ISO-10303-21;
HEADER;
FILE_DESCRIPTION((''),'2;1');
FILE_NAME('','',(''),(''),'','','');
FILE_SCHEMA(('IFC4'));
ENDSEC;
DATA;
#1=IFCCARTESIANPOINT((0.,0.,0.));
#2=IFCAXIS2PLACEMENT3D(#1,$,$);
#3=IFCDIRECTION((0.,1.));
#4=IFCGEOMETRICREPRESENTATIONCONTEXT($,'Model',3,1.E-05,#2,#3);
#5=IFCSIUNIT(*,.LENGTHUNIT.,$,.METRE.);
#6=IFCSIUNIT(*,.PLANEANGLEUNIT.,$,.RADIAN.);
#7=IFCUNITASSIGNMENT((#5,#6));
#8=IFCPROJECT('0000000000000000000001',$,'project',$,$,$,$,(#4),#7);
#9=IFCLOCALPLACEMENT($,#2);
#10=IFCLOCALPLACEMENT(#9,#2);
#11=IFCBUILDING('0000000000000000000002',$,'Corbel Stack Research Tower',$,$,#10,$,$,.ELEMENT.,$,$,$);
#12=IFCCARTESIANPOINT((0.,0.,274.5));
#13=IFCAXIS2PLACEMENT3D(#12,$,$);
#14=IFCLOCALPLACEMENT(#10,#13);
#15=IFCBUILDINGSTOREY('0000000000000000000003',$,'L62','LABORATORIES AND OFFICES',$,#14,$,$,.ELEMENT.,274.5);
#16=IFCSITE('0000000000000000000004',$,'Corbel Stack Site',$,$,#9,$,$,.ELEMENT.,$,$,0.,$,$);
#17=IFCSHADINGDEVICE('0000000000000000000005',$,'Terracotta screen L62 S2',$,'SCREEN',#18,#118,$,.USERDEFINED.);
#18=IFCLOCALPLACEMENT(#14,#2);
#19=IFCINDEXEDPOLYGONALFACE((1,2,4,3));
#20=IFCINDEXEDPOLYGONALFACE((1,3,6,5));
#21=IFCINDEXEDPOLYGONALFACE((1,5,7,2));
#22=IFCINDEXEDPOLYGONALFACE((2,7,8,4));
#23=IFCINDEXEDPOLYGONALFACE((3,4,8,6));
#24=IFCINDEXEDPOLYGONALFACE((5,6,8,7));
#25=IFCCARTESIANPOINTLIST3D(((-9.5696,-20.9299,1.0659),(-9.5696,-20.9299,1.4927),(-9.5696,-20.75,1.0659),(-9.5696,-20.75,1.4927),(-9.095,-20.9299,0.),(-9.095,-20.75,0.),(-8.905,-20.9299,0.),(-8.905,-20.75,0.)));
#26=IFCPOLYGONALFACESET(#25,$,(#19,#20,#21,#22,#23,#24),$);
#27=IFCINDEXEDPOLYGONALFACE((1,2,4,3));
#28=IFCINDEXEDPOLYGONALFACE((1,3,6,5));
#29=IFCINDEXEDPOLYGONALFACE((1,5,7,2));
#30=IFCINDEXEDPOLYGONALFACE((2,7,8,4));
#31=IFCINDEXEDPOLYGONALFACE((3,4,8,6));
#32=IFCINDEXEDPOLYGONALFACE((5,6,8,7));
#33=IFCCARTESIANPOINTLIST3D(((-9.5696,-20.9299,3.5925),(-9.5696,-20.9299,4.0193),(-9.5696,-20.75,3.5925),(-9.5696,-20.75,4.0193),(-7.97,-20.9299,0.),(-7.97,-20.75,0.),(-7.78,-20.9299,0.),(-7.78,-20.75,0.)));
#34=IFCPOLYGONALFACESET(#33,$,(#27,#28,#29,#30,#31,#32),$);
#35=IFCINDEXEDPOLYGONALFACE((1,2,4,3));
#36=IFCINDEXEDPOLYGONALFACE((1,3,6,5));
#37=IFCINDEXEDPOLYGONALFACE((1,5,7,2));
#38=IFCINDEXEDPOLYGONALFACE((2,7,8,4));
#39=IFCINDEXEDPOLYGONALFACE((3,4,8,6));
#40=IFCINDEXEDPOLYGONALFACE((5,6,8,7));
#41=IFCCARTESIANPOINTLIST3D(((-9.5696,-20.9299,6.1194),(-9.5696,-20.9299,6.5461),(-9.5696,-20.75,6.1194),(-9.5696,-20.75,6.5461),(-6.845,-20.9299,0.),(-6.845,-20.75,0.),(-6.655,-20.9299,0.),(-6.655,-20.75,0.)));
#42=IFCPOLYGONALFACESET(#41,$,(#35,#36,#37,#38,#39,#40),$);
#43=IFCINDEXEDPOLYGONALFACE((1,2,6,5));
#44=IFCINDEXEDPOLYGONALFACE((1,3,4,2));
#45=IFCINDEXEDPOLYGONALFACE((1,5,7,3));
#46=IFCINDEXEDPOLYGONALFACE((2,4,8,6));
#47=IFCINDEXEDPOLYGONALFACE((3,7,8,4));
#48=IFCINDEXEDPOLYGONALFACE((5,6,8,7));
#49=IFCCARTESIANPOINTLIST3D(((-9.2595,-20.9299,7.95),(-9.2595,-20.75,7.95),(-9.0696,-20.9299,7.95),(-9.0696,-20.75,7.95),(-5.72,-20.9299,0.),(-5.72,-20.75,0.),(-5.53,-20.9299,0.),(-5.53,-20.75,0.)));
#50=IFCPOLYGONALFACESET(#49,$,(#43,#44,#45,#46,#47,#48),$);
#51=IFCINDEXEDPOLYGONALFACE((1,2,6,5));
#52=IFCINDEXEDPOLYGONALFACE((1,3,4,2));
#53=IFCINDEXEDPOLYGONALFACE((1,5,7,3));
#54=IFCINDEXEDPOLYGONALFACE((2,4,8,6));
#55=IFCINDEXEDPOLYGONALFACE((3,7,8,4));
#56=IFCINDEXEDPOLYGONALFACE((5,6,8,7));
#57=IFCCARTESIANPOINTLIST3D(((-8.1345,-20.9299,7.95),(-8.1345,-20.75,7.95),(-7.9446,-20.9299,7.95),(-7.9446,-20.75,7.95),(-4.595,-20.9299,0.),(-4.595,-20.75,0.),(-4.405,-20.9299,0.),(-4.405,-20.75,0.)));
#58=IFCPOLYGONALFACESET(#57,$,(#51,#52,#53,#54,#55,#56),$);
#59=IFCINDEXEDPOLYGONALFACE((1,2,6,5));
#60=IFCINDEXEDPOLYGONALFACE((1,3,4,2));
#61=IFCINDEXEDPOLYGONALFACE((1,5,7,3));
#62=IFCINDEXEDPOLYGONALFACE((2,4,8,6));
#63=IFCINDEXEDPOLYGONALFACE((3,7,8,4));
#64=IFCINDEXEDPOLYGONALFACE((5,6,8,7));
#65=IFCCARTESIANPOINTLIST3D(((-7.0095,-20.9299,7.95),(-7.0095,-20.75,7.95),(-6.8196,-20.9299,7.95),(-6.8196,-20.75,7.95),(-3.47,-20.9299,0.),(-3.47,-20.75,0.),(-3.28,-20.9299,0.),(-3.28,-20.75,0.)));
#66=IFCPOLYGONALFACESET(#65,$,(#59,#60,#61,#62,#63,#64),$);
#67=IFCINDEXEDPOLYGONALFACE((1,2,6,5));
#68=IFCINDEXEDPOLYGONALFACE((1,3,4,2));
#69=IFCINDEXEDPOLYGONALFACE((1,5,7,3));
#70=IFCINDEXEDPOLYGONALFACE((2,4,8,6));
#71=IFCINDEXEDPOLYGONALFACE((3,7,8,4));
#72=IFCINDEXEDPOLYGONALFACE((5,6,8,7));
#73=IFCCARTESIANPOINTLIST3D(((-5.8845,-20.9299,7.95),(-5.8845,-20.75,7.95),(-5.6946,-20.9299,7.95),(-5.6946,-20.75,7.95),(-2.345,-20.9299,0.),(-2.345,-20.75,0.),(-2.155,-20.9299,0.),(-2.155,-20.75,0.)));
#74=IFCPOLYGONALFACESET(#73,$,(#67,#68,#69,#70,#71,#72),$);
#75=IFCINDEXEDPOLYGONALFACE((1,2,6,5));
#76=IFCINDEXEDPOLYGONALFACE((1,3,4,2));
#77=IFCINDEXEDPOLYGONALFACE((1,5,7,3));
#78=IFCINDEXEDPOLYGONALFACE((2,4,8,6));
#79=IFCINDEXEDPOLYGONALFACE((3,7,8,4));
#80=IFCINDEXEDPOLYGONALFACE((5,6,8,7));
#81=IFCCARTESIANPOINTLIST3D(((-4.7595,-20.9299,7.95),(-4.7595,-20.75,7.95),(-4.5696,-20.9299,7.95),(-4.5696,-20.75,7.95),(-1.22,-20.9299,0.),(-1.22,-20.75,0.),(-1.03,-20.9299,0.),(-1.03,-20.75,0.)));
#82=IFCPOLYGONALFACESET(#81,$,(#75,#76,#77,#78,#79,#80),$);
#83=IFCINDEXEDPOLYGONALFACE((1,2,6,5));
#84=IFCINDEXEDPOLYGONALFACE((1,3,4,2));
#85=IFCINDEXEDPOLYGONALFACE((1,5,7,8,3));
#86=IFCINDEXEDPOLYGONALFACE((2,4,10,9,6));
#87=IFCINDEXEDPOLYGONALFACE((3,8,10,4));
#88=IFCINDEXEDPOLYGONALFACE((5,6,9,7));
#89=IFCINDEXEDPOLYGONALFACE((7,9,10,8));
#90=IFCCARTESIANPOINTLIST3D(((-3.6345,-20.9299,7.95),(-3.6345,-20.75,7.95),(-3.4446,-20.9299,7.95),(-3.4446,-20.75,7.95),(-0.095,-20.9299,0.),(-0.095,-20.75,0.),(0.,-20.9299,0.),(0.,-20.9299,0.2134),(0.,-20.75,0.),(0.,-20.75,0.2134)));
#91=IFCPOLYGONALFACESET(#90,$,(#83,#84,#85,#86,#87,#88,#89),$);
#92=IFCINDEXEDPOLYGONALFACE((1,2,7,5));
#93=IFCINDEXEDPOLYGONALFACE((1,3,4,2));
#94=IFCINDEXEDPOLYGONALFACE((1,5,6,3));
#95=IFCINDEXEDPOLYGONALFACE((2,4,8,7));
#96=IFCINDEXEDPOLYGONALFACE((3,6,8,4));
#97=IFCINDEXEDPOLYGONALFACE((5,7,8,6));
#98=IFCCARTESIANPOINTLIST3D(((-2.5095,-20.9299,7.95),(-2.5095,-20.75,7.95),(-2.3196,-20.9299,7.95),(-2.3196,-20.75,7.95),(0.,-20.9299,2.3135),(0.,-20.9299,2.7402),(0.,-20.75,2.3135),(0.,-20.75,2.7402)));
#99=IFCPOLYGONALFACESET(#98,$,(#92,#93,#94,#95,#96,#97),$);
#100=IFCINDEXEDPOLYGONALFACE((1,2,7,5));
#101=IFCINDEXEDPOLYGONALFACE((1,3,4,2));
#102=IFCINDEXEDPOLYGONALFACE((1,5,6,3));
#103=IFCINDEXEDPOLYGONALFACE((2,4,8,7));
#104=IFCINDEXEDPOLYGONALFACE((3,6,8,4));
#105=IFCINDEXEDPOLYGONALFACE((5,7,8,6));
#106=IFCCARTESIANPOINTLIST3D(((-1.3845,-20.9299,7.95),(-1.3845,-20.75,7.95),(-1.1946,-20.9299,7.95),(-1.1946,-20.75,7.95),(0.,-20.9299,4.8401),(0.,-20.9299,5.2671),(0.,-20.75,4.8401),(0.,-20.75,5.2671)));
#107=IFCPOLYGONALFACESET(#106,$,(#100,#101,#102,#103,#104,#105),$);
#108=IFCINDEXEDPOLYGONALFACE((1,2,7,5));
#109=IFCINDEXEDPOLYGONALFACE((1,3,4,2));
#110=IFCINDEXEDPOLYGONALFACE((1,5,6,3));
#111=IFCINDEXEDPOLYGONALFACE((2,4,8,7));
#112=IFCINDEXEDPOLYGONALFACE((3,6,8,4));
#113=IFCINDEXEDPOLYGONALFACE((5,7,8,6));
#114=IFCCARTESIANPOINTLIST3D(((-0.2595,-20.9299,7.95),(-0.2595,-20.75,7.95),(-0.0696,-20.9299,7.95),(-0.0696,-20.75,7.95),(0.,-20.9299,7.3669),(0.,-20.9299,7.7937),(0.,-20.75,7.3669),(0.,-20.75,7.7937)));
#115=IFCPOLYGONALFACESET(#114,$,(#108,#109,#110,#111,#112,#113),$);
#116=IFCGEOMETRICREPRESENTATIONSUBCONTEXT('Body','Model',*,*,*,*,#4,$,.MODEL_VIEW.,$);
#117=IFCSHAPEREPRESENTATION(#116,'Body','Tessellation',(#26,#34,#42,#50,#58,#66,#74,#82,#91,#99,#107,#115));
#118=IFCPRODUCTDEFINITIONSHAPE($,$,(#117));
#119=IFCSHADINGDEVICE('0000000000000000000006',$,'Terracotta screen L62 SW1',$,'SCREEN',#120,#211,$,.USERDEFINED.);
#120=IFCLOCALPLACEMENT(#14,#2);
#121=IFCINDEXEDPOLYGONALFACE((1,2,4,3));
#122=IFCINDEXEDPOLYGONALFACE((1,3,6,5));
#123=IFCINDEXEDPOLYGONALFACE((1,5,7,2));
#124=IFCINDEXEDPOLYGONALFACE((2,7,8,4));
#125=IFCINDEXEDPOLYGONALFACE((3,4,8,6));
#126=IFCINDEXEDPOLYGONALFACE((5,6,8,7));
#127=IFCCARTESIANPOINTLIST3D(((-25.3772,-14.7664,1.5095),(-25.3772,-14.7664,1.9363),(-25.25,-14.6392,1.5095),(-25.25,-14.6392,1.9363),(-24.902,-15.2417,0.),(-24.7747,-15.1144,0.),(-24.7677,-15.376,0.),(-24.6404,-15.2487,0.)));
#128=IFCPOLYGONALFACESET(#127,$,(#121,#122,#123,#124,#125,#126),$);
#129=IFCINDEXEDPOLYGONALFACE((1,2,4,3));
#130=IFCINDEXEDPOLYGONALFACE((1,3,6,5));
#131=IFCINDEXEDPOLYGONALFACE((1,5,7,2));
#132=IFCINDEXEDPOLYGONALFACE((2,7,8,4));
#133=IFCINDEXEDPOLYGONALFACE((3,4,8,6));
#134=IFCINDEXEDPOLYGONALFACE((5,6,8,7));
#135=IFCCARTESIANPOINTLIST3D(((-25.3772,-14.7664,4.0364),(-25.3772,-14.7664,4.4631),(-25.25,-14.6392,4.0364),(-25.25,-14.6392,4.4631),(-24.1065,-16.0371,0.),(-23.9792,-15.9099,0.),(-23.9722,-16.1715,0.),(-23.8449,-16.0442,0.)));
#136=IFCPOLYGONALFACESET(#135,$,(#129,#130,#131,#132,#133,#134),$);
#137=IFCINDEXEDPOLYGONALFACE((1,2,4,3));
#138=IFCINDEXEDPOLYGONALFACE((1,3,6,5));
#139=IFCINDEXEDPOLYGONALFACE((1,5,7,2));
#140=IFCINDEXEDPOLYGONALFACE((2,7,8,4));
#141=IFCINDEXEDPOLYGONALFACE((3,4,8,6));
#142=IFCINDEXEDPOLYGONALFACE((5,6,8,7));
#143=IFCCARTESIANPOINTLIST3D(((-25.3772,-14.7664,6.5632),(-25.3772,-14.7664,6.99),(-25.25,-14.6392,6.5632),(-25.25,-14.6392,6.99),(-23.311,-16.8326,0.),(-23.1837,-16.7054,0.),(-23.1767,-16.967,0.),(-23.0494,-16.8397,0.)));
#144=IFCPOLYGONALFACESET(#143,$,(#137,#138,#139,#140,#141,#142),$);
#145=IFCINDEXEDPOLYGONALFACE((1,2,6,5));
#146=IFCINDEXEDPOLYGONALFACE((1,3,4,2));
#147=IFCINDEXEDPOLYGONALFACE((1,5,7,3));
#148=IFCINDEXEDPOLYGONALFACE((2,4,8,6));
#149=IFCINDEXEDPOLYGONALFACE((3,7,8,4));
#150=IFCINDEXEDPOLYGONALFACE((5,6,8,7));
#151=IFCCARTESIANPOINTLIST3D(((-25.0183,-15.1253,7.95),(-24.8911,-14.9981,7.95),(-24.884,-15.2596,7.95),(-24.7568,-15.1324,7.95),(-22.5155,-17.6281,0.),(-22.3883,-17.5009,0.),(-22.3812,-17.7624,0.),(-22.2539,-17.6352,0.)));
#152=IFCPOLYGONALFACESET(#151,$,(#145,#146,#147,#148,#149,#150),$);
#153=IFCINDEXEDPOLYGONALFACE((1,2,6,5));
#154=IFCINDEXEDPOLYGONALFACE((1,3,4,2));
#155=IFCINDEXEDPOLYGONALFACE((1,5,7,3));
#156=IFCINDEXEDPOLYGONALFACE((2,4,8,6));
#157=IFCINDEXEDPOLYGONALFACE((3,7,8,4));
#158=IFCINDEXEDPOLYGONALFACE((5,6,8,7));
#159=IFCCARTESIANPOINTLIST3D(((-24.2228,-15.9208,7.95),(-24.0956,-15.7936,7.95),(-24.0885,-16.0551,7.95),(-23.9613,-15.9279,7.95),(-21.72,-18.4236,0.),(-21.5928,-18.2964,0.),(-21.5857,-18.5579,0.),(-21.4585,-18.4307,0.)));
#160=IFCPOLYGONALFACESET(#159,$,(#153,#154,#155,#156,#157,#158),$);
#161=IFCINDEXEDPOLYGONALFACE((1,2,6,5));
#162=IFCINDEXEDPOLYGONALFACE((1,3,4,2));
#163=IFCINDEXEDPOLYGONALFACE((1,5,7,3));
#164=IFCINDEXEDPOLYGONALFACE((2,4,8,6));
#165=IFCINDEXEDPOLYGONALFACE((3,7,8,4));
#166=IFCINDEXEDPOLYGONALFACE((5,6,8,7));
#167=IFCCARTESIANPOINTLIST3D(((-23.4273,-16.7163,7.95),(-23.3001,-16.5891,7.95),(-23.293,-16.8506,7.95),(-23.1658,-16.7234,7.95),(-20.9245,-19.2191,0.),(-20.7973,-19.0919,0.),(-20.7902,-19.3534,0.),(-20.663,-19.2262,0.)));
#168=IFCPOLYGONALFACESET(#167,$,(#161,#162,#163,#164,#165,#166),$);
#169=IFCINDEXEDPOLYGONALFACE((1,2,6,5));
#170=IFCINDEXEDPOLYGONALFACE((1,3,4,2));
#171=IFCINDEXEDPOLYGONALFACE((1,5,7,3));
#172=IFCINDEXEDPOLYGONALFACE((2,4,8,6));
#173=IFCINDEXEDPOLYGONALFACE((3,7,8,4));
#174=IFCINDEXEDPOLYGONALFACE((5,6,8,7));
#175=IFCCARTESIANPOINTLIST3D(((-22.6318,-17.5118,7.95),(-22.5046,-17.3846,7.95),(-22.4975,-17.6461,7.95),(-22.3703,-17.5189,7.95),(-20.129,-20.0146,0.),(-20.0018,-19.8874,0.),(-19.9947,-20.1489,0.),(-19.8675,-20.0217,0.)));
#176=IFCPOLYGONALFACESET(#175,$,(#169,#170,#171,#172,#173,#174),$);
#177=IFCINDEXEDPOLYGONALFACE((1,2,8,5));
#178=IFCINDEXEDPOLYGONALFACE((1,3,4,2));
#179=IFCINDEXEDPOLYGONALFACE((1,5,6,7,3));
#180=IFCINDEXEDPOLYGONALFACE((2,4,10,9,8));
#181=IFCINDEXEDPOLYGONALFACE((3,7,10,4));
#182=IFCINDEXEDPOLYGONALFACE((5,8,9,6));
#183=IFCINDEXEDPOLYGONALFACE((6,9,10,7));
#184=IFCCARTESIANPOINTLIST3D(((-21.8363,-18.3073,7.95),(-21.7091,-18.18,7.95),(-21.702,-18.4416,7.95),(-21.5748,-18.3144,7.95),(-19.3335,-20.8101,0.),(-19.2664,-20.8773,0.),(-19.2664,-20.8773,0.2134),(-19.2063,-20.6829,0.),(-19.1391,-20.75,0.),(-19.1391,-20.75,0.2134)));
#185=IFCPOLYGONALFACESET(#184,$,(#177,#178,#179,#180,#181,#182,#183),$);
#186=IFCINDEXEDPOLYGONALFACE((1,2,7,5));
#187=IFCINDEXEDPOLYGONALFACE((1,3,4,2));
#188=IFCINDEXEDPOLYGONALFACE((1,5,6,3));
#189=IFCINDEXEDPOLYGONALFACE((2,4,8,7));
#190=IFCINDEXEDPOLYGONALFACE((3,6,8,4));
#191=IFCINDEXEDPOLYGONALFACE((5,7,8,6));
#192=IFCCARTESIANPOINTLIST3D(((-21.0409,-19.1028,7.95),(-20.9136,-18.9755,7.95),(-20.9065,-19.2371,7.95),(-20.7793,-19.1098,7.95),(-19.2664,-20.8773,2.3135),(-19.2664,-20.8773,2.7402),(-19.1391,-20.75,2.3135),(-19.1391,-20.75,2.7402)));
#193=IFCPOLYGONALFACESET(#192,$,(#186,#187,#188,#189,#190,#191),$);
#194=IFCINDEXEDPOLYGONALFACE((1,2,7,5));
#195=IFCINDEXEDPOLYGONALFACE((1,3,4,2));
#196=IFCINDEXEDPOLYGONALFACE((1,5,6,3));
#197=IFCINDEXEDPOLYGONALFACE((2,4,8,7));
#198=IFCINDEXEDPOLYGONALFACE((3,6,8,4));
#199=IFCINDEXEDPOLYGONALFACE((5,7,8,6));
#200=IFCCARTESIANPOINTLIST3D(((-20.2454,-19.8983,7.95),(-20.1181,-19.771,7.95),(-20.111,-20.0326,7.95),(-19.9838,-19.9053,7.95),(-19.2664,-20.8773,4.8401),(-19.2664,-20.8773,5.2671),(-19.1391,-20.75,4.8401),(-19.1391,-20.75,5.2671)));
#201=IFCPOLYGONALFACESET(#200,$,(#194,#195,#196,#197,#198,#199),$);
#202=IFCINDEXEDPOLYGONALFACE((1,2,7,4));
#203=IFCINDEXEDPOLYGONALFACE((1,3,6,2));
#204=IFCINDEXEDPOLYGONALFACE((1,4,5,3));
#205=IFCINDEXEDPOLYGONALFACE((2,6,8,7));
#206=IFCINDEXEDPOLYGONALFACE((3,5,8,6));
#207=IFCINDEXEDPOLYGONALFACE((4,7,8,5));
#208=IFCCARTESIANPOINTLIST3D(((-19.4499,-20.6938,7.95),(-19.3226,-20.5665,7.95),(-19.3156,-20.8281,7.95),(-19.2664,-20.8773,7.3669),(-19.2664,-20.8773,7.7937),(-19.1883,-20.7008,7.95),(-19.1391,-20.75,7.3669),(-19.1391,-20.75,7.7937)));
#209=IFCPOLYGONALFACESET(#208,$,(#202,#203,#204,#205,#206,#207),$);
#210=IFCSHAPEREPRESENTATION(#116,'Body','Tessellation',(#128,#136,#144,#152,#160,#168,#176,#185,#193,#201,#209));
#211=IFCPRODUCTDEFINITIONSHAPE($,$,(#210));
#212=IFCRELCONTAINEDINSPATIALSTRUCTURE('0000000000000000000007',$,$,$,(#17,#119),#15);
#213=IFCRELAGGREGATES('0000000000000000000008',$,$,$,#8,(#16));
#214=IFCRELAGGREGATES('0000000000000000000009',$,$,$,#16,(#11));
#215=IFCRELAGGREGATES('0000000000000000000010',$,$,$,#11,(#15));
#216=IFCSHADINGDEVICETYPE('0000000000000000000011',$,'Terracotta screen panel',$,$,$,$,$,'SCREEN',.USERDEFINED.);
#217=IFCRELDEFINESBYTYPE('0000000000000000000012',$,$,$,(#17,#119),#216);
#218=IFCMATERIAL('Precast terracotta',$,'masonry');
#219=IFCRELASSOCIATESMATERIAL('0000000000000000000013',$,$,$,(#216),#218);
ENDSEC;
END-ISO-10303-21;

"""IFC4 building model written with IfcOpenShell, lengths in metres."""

from ifc_helpers import new_model, si_unit, direction, frame, origin, place, context, subcontext, project, spatial, polyline, outline, extrude, source, transform, mapped, material, type_object, element, save


model = new_model("IFC4")

# Units and contexts
model_context = context("Model", 3, precision=1e-05, world=origin(), true_north=direction((0.0, 1.0)))
body_context = subcontext(model_context, "Body", "Model", "MODEL_VIEW")
ifc_project = project(units=[si_unit("LENGTHUNIT", "METRE"), si_unit("PLANEANGLEUNIT", "RADIAN")], contexts=[model_context])

# Site, building, storey
site_placement = place(None, origin())
site = spatial("IfcSite", under=ifc_project, at=site_placement, Name="Corbel Stack Site", CompositionType="ELEMENT", RefElevation=0.0)
building_placement = place(site_placement, origin())
building = spatial("IfcBuilding", under=site, at=building_placement, Name="Corbel Stack Research Tower", CompositionType="ELEMENT")
storey_placement = place(building_placement, frame((0.0, 0.0, 274.5)))
storey = spatial("IfcBuildingStorey", under=building, at=storey_placement, Name="L62", Description="LABORATORIES AND OFFICES", CompositionType="ELEMENT", Elevation=274.5)

# Shading devices
ifc_material_1 = material(Name="Precast terracotta", Category="masonry")
shading_device_type = type_object("IfcShadingDeviceType", Name="Terracotta screen panel", ElementType="SCREEN", PredefinedType="USERDEFINED", material=ifc_material_1)
shared_shape_1 = source(origin(), body_context, "Body", "SweptSolid", [
    extrude(outline(polyline([(0.6646, 0.0), (0.0, 1.4927), (0.0, 1.0659), (0.4746, 0.0), (0.6646, 0.0)])), frame((0.0, 0.0, 0.0), z_axis=(0.0, -1.0, 0.0), x_axis=(1.0, 0.0, 0.0)), (0.0, 0.0, 1.0), 0.1799),
    extrude(outline(polyline([(1.7896, 0.0), (0.0, 4.0193), (0.0, 3.5925), (1.5996, 0.0), (1.7896, 0.0)])), frame((0.0, 0.0, 0.0), z_axis=(0.0, -1.0, 0.0), x_axis=(1.0, 0.0, 0.0)), (0.0, 0.0, 1.0), 0.1799),
    extrude(outline(polyline([(2.9146, 0.0), (0.0, 6.5461), (0.0, 6.1194), (2.7246, 0.0), (2.9146, 0.0)])), frame((0.0, 0.0, 0.0), z_axis=(0.0, -1.0, 0.0), x_axis=(1.0, 0.0, 0.0)), (0.0, 0.0, 1.0), 0.1799),
    extrude(outline(polyline([(4.0396, 0.0), (0.5, 7.95), (0.3101, 7.95), (3.8496, 0.0), (4.0396, 0.0)])), frame((0.0, 0.0, 0.0), z_axis=(0.0, -1.0, 0.0), x_axis=(1.0, 0.0, 0.0)), (0.0, 0.0, 1.0), 0.1799),
    extrude(outline(polyline([(5.1646, 0.0), (1.625, 7.95), (1.4351, 7.95), (4.9746, 0.0), (5.1646, 0.0)])), frame((0.0, 0.0, 0.0), z_axis=(0.0, -1.0, 0.0), x_axis=(1.0, 0.0, 0.0)), (0.0, 0.0, 1.0), 0.1799),
    extrude(outline(polyline([(6.2896, 0.0), (2.75, 7.95), (2.5601, 7.95), (6.0996, 0.0), (6.2896, 0.0)])), frame((0.0, 0.0, 0.0), z_axis=(0.0, -1.0, 0.0), x_axis=(1.0, 0.0, 0.0)), (0.0, 0.0, 1.0), 0.1799),
    extrude(outline(polyline([(7.4146, 0.0), (3.875, 7.95), (3.6851, 7.95), (7.2246, 0.0), (7.4146, 0.0)])), frame((0.0, 0.0, 0.0), z_axis=(0.0, -1.0, 0.0), x_axis=(1.0, 0.0, 0.0)), (0.0, 0.0, 1.0), 0.1799),
    extrude(outline(polyline([(8.5396, 0.0), (5.0, 7.95), (4.8101, 7.95), (8.3496, 0.0), (8.5396, 0.0)])), frame((0.0, 0.0, 0.0), z_axis=(0.0, -1.0, 0.0), x_axis=(1.0, 0.0, 0.0)), (0.0, 0.0, 1.0), 0.1799),
    extrude(outline(polyline([(9.5696, 0.0), (9.5696, 0.2134), (6.125, 7.95), (5.9351, 7.95), (9.4746, 0.0), (9.5696, 0.0)])), frame((0.0, 0.0, 0.0), z_axis=(0.0, -1.0, 0.0), x_axis=(1.0, 0.0, 0.0)), (0.0, 0.0, 1.0), 0.1799),
    extrude(outline(polyline([(7.25, 7.95), (7.0601, 7.95), (9.5696, 2.3135), (9.5696, 2.7402), (7.25, 7.95)])), frame((0.0, 0.0, 0.0), z_axis=(0.0, -1.0, 0.0), x_axis=(1.0, 0.0, 0.0)), (0.0, 0.0, 1.0), 0.1799),
    extrude(outline(polyline([(8.375, 7.95), (8.1851, 7.95), (9.5696, 4.8401), (9.5696, 5.2671), (8.375, 7.95)])), frame((0.0, 0.0, 0.0), z_axis=(0.0, -1.0, 0.0), x_axis=(1.0, 0.0, 0.0)), (0.0, 0.0, 1.0), 0.1799),
    extrude(outline(polyline([(9.5, 7.95), (9.3101, 7.95), (9.5696, 7.3669), (9.5696, 7.7937), (9.5, 7.95)])), frame((0.0, 0.0, 0.0), z_axis=(0.0, -1.0, 0.0), x_axis=(1.0, 0.0, 0.0)), (0.0, 0.0, 1.0), 0.1799),
])
shading_device_1_placement = place(storey_placement, frame((-9.5696, -20.75, 0.0), z_axis=(0.0, 0.0, 1.0), x_axis=(1.0, 0.0, 0.0)))
element("IfcShadingDevice", 1, at=shading_device_1_placement, inside=storey, type_object=shading_device_type, Name="Terracotta screen L62 S2", ObjectType="SCREEN", PredefinedType="USERDEFINED", context=body_context, shape_type="MappedRepresentation", body=[
    mapped(shared_shape_1, transform((0.0, 0.0, 0.0))),
])
shared_shape_2 = source(origin(), body_context, "Body", "SweptSolid", [
    extrude(outline(polyline([(0.8621, 0.0), (0.0, 1.9363), (0.0, 1.5095), (0.6721, 0.0), (0.8621, 0.0)])), frame((0.0, 0.0, 0.0), z_axis=(0.0, -1.0, 0.0), x_axis=(1.0, 0.0, 0.0)), (0.0, 0.0, 1.0), 0.1799),
    extrude(outline(polyline([(1.9871, 0.0), (0.0, 4.4631), (0.0, 4.0364), (1.7971, 0.0), (1.9871, 0.0)])), frame((0.0, 0.0, 0.0), z_axis=(0.0, -1.0, 0.0), x_axis=(1.0, 0.0, 0.0)), (0.0, 0.0, 1.0), 0.1799),
    extrude(outline(polyline([(3.1121, 0.0), (0.0, 6.99), (0.0, 6.5632), (2.9221, 0.0), (3.1121, 0.0)])), frame((0.0, 0.0, 0.0), z_axis=(0.0, -1.0, 0.0), x_axis=(1.0, 0.0, 0.0)), (0.0, 0.0, 1.0), 0.1799),
    extrude(outline(polyline([(4.2371, 0.0), (0.6975, 7.95), (0.5076, 7.95), (4.0471, 0.0), (4.2371, 0.0)])), frame((0.0, 0.0, 0.0), z_axis=(0.0, -1.0, 0.0), x_axis=(1.0, 0.0, 0.0)), (0.0, 0.0, 1.0), 0.1799),
    extrude(outline(polyline([(5.3621, 0.0), (1.8225, 7.95), (1.6326, 7.95), (5.1721, 0.0), (5.3621, 0.0)])), frame((0.0, 0.0, 0.0), z_axis=(0.0, -1.0, 0.0), x_axis=(1.0, 0.0, 0.0)), (0.0, 0.0, 1.0), 0.1799),
    extrude(outline(polyline([(6.4871, 0.0), (2.9475, 7.95), (2.7576, 7.95), (6.2971, 0.0), (6.4871, 0.0)])), frame((0.0, 0.0, 0.0), z_axis=(0.0, -1.0, 0.0), x_axis=(1.0, 0.0, 0.0)), (0.0, 0.0, 1.0), 0.1799),
    extrude(outline(polyline([(7.6121, 0.0), (4.0725, 7.95), (3.8826, 7.95), (7.4221, 0.0), (7.6121, 0.0)])), frame((0.0, 0.0, 0.0), z_axis=(0.0, -1.0, 0.0), x_axis=(1.0, 0.0, 0.0)), (0.0, 0.0, 1.0), 0.1799),
    extrude(outline(polyline([(8.6421, 0.0), (8.6421, 0.2134), (5.1975, 7.95), (5.0076, 7.95), (8.5471, 0.0), (8.6421, 0.0)])), frame((0.0, 0.0, 0.0), z_axis=(0.0, -1.0, 0.0), x_axis=(1.0, 0.0, 0.0)), (0.0, 0.0, 1.0), 0.1799),
    extrude(outline(polyline([(6.3225, 7.95), (6.1326, 7.95), (8.6421, 2.3135), (8.6421, 2.7402), (6.3225, 7.95)])), frame((0.0, 0.0, 0.0), z_axis=(0.0, -1.0, 0.0), x_axis=(1.0, 0.0, 0.0)), (0.0, 0.0, 1.0), 0.1799),
    extrude(outline(polyline([(7.4475, 7.95), (7.2576, 7.95), (8.6421, 4.8401), (8.6421, 5.2671), (7.4475, 7.95)])), frame((0.0, 0.0, 0.0), z_axis=(0.0, -1.0, 0.0), x_axis=(1.0, 0.0, 0.0)), (0.0, 0.0, 1.0), 0.1799),
    extrude(outline(polyline([(8.5725, 7.95), (8.3826, 7.95), (8.6421, 7.3669), (8.6421, 7.7937), (8.5725, 7.95)])), frame((0.0, 0.0, 0.0), z_axis=(0.0, -1.0, 0.0), x_axis=(1.0, 0.0, 0.0)), (0.0, 0.0, 1.0), 0.1799),
])
shading_device_2_placement = place(storey_placement, frame((-25.25, -14.6392, 0.0), z_axis=(0.0, 0.0, 1.0), x_axis=(0.707107, -0.707107, 0.0)))
element("IfcShadingDevice", 2, at=shading_device_2_placement, inside=storey, type_object=shading_device_type, Name="Terracotta screen L62 SW1", ObjectType="SCREEN", PredefinedType="USERDEFINED", context=body_context, shape_type="MappedRepresentation", body=[
    mapped(shared_shape_2, transform((0.0, 0.0, 0.0))),
])

save(model, "model.ifc")
